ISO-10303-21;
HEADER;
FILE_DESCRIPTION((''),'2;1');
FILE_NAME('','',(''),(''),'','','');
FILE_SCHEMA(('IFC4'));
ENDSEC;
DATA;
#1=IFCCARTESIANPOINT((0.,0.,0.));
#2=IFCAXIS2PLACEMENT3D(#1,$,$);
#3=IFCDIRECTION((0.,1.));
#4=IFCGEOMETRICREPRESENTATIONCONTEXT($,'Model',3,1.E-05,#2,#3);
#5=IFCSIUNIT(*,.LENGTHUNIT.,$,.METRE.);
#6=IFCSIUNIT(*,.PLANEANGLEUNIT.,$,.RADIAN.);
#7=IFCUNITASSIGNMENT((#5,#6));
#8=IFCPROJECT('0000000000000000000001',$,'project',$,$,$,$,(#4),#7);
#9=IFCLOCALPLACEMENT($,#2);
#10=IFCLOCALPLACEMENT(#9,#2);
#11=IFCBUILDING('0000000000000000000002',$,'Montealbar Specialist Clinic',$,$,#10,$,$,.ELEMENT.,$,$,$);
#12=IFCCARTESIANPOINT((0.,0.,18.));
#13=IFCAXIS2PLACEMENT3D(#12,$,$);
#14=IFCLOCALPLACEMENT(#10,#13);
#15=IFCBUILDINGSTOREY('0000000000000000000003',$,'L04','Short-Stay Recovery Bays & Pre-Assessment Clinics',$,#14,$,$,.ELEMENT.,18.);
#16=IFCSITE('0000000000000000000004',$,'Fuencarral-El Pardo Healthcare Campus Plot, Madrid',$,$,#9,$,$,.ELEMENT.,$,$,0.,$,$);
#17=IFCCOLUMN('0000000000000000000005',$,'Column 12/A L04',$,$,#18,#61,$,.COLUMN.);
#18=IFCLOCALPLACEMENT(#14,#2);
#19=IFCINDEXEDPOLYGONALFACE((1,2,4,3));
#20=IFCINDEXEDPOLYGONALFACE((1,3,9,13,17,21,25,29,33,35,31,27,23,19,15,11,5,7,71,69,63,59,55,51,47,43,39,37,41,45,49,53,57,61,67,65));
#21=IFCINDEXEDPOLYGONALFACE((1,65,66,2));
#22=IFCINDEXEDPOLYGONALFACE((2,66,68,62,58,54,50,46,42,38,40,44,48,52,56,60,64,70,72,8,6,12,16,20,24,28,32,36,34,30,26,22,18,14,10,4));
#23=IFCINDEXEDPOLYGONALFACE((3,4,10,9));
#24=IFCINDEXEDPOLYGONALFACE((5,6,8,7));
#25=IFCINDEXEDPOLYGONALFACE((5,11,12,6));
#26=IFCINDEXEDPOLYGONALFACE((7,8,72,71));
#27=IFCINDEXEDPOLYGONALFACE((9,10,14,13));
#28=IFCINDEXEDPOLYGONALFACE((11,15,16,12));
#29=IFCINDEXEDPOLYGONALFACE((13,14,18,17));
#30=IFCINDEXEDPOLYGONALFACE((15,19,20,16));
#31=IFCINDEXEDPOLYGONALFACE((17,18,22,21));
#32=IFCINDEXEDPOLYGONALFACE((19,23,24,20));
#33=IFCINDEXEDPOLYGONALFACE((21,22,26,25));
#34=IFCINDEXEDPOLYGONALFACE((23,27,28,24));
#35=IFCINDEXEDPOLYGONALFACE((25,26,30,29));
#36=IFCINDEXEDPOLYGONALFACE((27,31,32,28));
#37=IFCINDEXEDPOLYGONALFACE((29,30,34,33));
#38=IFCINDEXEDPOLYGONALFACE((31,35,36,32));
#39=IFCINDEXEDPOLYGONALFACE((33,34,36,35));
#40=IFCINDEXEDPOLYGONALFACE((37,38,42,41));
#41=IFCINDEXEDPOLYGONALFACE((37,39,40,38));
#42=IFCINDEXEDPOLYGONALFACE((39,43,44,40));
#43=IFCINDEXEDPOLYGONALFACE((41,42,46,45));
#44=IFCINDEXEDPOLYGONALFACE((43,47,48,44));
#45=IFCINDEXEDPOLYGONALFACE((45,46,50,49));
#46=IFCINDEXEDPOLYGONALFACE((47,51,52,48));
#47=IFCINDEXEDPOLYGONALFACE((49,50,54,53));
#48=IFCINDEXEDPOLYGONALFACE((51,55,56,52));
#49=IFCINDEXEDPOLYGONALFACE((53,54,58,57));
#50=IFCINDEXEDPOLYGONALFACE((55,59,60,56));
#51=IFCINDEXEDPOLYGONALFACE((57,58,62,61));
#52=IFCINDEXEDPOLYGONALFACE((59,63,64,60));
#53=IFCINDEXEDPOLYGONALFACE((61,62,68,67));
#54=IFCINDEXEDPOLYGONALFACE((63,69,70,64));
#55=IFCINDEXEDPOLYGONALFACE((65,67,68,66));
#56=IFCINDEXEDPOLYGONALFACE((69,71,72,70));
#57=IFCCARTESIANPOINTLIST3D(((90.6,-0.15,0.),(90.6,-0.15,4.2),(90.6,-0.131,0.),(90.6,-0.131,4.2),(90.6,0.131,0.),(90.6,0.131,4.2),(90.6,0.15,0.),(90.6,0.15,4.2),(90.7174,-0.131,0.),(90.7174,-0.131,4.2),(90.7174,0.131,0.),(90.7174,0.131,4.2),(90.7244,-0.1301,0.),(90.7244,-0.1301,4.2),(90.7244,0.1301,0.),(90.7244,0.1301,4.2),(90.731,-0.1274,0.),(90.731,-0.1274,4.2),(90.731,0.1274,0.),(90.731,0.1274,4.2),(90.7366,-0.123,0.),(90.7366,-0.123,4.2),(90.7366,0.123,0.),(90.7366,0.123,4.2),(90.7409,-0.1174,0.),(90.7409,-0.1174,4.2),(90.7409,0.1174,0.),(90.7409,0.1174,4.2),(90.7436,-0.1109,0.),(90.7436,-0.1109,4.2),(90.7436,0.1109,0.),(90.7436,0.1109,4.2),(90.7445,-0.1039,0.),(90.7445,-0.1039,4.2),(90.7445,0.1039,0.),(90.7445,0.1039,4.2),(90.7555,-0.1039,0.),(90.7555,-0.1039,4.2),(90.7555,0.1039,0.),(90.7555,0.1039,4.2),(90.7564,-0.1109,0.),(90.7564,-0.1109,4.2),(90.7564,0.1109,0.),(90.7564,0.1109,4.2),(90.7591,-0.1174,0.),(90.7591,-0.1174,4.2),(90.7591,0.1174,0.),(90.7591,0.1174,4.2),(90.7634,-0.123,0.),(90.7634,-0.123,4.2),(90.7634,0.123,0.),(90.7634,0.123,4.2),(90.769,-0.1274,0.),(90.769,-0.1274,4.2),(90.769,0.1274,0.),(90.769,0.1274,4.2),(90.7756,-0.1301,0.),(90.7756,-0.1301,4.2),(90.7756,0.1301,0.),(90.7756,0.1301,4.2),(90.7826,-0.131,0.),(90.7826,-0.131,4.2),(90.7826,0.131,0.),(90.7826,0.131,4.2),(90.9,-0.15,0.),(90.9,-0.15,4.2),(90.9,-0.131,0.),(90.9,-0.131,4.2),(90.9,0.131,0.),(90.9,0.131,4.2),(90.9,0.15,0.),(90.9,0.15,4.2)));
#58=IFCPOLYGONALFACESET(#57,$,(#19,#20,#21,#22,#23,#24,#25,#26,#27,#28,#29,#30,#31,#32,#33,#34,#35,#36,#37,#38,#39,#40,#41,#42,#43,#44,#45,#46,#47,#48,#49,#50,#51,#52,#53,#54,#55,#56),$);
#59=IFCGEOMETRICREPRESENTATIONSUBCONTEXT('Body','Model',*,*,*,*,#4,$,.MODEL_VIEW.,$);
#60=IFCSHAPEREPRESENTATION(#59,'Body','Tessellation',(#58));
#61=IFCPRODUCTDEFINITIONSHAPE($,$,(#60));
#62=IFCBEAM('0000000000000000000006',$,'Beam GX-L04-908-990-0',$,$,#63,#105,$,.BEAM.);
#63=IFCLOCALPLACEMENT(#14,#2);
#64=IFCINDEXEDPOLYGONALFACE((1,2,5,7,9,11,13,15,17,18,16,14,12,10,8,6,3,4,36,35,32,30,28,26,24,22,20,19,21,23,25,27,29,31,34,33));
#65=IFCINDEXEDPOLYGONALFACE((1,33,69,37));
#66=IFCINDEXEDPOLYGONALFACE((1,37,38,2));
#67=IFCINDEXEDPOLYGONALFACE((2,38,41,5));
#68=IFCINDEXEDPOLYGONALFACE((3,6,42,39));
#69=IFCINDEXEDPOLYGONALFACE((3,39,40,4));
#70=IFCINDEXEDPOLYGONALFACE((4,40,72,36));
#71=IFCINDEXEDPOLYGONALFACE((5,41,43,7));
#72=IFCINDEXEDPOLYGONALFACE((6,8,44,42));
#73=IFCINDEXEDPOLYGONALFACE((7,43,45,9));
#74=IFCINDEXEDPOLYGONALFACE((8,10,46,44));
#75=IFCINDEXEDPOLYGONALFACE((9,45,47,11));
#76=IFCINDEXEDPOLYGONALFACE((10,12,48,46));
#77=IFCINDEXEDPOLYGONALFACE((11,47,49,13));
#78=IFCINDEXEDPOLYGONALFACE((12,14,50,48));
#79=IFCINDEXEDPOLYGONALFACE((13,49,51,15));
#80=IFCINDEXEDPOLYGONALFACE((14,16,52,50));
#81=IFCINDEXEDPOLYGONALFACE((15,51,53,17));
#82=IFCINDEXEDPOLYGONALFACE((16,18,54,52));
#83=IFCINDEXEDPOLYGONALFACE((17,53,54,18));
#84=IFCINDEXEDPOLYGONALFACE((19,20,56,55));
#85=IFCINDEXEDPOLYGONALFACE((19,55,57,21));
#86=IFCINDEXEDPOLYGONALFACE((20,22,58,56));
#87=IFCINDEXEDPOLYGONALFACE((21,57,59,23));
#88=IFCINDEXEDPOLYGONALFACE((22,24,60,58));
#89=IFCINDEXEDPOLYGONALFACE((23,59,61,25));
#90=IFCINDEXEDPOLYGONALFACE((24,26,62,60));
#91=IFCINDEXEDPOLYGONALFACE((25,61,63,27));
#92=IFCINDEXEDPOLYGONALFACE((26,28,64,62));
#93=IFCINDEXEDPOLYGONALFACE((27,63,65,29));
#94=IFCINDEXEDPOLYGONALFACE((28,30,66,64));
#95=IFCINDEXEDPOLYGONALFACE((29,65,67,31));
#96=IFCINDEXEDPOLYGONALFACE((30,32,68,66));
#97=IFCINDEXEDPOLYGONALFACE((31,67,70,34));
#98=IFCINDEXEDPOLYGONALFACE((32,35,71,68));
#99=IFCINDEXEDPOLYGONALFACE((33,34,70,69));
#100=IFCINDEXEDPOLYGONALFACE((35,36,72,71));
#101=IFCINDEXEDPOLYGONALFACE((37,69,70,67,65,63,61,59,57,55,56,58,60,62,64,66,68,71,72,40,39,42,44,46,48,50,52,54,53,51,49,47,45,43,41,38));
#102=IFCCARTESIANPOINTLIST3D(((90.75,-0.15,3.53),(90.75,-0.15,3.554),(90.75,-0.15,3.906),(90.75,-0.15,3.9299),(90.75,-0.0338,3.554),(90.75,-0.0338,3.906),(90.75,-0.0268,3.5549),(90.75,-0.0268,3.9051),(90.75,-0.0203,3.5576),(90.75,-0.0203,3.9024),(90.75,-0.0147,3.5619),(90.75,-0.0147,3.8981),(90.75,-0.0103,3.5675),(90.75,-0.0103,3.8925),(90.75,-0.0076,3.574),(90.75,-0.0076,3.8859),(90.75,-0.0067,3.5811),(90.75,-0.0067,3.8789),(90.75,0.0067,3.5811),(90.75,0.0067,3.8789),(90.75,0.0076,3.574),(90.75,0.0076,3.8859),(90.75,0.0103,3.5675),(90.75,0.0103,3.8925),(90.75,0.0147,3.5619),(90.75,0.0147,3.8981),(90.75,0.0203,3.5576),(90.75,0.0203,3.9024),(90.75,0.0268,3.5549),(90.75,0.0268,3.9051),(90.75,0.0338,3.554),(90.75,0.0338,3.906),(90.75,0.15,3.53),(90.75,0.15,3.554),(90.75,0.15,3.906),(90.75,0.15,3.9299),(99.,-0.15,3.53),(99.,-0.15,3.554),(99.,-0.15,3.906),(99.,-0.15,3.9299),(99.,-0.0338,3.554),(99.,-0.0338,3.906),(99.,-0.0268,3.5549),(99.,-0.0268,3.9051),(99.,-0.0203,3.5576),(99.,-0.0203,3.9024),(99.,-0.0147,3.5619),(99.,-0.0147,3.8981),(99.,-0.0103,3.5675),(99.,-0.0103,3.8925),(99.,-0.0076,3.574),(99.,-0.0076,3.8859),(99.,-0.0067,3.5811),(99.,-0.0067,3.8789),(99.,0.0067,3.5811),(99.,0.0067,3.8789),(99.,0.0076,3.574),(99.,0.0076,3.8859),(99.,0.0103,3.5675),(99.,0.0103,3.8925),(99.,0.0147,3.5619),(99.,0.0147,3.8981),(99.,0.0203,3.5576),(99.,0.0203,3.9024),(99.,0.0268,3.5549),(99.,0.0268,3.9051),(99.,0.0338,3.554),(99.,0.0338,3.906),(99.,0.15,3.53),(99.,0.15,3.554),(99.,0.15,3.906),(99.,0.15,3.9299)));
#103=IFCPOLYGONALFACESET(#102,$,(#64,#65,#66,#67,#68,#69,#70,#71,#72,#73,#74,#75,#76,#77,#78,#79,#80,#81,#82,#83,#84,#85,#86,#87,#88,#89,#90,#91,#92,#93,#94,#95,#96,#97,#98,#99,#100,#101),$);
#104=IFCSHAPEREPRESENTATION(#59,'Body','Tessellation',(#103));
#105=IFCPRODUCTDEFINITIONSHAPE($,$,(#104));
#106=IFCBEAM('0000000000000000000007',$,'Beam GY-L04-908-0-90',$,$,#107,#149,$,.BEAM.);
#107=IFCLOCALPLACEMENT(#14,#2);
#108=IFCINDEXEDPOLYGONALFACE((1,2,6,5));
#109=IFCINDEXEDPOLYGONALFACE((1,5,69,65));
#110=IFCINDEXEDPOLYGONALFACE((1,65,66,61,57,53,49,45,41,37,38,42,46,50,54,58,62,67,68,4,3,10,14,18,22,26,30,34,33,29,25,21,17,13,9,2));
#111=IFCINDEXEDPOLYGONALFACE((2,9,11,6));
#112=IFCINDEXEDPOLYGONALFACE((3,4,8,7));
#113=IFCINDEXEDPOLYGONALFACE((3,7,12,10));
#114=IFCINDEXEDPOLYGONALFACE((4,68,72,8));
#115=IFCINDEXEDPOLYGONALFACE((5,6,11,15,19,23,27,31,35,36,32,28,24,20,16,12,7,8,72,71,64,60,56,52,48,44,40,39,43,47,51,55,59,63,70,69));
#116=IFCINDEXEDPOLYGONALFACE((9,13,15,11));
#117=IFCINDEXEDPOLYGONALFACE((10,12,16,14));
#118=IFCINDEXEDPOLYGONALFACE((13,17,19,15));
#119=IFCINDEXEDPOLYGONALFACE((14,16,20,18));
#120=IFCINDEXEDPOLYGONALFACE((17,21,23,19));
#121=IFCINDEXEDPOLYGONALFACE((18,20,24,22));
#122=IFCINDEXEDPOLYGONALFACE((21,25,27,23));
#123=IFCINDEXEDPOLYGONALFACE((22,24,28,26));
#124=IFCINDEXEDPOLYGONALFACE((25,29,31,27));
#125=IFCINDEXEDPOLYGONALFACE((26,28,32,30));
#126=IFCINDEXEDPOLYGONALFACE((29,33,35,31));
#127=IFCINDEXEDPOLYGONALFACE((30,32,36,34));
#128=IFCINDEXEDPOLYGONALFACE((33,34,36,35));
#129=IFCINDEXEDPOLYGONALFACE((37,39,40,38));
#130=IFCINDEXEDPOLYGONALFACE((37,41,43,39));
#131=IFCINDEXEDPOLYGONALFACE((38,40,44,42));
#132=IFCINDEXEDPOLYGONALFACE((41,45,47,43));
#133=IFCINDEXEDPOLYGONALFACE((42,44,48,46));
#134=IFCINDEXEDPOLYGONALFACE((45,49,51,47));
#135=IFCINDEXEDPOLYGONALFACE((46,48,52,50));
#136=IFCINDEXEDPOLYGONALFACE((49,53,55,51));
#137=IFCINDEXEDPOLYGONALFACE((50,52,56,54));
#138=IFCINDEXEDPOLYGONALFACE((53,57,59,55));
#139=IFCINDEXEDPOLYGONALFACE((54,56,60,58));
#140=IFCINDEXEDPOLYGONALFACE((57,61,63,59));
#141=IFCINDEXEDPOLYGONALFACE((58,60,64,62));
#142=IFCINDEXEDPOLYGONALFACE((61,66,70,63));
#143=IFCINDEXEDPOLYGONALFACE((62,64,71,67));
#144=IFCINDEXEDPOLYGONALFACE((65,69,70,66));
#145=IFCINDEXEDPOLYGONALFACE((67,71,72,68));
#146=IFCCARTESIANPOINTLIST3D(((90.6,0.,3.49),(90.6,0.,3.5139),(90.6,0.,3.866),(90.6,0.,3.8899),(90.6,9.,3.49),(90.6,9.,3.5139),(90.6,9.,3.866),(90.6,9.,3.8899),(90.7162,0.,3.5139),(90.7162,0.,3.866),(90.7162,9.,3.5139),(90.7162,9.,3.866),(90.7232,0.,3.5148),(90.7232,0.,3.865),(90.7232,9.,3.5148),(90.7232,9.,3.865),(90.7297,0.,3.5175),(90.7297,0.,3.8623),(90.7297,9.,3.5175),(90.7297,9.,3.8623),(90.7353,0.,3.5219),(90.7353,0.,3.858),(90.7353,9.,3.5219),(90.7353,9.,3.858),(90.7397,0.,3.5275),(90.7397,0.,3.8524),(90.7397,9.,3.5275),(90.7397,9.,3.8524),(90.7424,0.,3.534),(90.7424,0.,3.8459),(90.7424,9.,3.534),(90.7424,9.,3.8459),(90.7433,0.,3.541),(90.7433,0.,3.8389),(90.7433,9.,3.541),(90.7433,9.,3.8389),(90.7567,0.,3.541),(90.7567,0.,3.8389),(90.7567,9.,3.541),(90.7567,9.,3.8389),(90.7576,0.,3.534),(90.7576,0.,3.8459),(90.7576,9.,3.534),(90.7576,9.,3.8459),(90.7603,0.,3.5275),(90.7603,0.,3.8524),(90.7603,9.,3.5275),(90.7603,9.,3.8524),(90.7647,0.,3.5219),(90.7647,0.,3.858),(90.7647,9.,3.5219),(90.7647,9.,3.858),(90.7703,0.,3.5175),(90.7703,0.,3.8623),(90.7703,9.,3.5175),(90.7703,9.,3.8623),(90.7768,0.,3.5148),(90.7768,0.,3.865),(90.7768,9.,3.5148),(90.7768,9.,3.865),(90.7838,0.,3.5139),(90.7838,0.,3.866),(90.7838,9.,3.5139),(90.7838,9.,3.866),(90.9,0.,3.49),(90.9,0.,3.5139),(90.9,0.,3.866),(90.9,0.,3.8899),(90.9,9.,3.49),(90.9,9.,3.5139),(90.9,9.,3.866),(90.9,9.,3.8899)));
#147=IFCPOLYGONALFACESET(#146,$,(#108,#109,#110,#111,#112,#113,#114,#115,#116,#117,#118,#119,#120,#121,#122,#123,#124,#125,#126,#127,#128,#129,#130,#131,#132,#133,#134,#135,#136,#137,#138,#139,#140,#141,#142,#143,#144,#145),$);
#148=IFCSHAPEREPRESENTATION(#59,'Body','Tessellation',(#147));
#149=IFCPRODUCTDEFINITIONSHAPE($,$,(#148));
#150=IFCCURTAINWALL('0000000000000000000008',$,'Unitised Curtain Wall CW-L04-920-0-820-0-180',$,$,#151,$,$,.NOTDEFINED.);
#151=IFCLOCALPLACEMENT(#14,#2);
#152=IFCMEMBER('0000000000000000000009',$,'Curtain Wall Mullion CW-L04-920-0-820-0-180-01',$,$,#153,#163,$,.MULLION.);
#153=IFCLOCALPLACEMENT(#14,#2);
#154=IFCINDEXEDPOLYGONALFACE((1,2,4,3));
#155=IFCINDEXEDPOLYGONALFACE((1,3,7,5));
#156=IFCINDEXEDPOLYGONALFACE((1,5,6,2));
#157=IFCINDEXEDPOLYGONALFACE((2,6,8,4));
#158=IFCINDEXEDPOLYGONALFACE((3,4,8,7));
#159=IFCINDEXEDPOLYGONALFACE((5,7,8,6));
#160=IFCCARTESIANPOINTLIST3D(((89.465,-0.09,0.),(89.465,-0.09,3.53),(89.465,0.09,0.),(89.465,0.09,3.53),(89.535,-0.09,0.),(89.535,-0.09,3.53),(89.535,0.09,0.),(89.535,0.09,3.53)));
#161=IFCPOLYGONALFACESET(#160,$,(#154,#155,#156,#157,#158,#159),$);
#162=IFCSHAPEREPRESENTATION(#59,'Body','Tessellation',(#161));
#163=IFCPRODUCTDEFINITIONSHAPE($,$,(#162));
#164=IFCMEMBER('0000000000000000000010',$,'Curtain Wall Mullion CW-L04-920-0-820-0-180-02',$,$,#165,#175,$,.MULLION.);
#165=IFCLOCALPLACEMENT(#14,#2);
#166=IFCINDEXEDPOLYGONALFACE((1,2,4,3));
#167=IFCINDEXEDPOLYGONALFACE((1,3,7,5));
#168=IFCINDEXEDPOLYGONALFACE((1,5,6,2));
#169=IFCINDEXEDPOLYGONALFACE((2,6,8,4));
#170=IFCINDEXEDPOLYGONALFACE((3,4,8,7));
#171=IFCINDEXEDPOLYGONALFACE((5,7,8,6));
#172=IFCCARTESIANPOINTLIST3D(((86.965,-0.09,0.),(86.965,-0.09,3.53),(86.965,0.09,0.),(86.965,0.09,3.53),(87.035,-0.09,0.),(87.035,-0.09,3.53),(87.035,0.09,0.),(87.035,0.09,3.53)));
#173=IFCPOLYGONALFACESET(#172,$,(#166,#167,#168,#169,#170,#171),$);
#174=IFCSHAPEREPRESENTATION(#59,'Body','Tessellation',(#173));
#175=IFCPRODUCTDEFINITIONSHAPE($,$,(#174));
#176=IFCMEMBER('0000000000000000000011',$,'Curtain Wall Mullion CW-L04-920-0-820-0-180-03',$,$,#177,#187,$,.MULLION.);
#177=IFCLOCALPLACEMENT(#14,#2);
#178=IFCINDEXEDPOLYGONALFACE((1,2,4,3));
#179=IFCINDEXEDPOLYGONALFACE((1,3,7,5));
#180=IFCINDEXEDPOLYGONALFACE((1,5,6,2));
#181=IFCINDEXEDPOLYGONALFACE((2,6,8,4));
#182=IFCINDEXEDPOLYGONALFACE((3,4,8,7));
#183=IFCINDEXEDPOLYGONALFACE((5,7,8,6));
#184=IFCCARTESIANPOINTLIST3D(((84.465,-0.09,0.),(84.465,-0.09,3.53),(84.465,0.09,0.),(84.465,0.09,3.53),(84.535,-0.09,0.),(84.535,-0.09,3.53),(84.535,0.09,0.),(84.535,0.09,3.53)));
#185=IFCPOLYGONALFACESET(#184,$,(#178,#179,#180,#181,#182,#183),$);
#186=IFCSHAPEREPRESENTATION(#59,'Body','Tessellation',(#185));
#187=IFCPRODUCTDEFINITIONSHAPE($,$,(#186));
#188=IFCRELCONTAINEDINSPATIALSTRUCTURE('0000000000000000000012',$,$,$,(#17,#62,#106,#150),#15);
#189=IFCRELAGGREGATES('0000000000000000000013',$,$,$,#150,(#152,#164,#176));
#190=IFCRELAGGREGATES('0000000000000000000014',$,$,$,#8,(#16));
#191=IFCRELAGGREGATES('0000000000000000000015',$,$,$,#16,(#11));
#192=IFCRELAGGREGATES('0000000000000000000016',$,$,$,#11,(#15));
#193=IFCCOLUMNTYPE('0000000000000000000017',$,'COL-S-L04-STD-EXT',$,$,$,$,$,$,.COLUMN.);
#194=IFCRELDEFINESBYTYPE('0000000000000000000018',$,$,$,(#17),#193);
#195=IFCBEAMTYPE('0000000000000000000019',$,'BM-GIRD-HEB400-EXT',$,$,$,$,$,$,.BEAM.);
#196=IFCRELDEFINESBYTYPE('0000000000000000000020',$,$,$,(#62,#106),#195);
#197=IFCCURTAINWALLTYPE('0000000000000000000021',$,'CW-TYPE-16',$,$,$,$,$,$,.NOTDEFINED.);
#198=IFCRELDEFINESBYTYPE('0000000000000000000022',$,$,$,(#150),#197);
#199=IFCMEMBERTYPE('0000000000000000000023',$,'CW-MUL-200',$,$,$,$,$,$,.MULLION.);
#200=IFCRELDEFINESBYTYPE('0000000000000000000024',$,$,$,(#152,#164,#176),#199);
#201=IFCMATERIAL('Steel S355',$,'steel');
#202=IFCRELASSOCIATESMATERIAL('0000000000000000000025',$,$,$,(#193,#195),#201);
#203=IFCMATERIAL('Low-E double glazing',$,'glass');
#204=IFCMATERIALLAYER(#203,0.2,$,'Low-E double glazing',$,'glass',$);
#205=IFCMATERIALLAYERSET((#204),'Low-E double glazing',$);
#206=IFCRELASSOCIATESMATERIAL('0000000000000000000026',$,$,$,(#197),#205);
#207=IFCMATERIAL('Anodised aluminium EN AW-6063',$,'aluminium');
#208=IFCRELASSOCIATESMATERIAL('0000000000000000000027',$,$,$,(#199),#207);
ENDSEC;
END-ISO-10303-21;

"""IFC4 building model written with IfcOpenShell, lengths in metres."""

from ifc_helpers import new_model, si_unit, direction, frame, origin, origin_2d, place, context, subcontext, project, spatial, rectangle, i_section, extrude, material, layer, layer_set, material_profile, profile_set, type_object, element, aggregate, save


model = new_model("IFC4")

# Units and contexts
model_context = context("Model", 3, precision=1e-05, world=origin(), true_north=direction((0.0, 1.0)))
body_context = subcontext(model_context, "Body", "Model", "MODEL_VIEW")
ifc_project = project(units=[si_unit("LENGTHUNIT", "METRE"), si_unit("PLANEANGLEUNIT", "RADIAN")], contexts=[model_context])

# Site, building, storey
site_placement = place(None, origin())
site = spatial("IfcSite", under=ifc_project, at=site_placement, Name="Fuencarral-El Pardo Healthcare Campus Plot, Madrid", CompositionType="ELEMENT", RefElevation=0.0)
building_placement = place(site_placement, origin())
building = spatial("IfcBuilding", under=site, at=building_placement, Name="Montealbar Specialist Clinic", CompositionType="ELEMENT")
storey_placement = place(building_placement, frame((0.0, 0.0, 18.0)))
storey = spatial("IfcBuildingStorey", under=building, at=storey_placement, Name="L04", Description="Short-Stay Recovery Bays & Pre-Assessment Clinics", CompositionType="ELEMENT", Elevation=18.0)

# Column
ifc_material_1 = material(Name="Steel S355", Category="steel")
ifc_material_profile_1 = material_profile(ifc_material_1, i_section(OverallWidth=0.3, OverallDepth=0.3, WebThickness=0.011, FlangeThickness=0.019, FilletRadius=0.0271, at=origin_2d()), Name="HEB 300", Category="steel")
ifc_profile_set_1 = profile_set([ifc_material_profile_1], Name="Steel S355")
column_type = type_object("IfcColumnType", Name="COL-S-L04-STD-EXT", PredefinedType="COLUMN", material=ifc_profile_set_1)
column_placement = place(storey_placement, frame((90.75, 0.0, 0.0), z_axis=(0.0, 0.0, 1.0), x_axis=(1.0, 0.0, 0.0)))
element("IfcColumn", 1, at=column_placement, inside=storey, type_object=column_type, Name="Column 12/A L04", PredefinedType="COLUMN", context=body_context, shape_type="SweptSolid", body=[
    extrude(i_section(OverallWidth=0.3, OverallDepth=0.3, WebThickness=0.011, FlangeThickness=0.019, FilletRadius=0.0271, at=origin_2d()), origin(), (0.0, 0.0, 1.0), 4.2),
])

# Beams
ifc_material_profile_2 = material_profile(ifc_material_1, i_section(OverallWidth=0.3, OverallDepth=0.3999, WebThickness=0.0134, FlangeThickness=0.0239, FilletRadius=0.0271, at=origin_2d()), Name="HEB 400", Category="steel")
ifc_profile_set_2 = profile_set([ifc_material_profile_2], Name="Steel S355")
beam_type = type_object("IfcBeamType", Name="BM-GIRD-HEB400-EXT", PredefinedType="BEAM", material=ifc_profile_set_2)
beam_1_placement = place(storey_placement, frame((90.75, 0.0, 3.73), z_axis=(1.0, 0.0, 0.0), x_axis=(0.0, 1.0, 0.0)))
element("IfcBeam", 2, at=beam_1_placement, inside=storey, type_object=beam_type, Name="Beam GX-L04-908-990-0", PredefinedType="BEAM", context=body_context, shape_type="SweptSolid", body=[
    extrude(i_section(OverallWidth=0.3, OverallDepth=0.3999, WebThickness=0.0134, FlangeThickness=0.0239, FilletRadius=0.0271, at=origin_2d()), origin(), (0.0, 0.0, 1.0), 8.25),
])
beam_2_placement = place(storey_placement, frame((90.75, 0.0, 3.6899), z_axis=(0.0, 1.0, 0.0), x_axis=(-1.0, 0.0, 0.0)))
element("IfcBeam", 3, at=beam_2_placement, inside=storey, type_object=beam_type, Name="Beam GY-L04-908-0-90", PredefinedType="BEAM", context=body_context, shape_type="SweptSolid", body=[
    extrude(i_section(OverallWidth=0.3, OverallDepth=0.3999, WebThickness=0.0134, FlangeThickness=0.0239, FilletRadius=0.0271, at=origin_2d()), origin(), (0.0, 0.0, 1.0), 9.0),
])

# Curtain wall, members
ifc_material_2 = material(Name="Low-E double glazing", Category="glass")
ifc_layer_1 = layer(ifc_material_2, 0.2, Name="Low-E double glazing", Category="glass")
ifc_layer_set_1 = layer_set([ifc_layer_1], Name="Low-E double glazing")
curtain_wall_type = type_object("IfcCurtainWallType", Name="CW-TYPE-16", PredefinedType="NOTDEFINED", material=ifc_layer_set_1)
curtain_wall_placement = place(storey_placement, origin())
curtain_wall = element("IfcCurtainWall", 4, at=curtain_wall_placement, inside=storey, type_object=curtain_wall_type, Name="Unitised Curtain Wall CW-L04-920-0-820-0-180", PredefinedType="NOTDEFINED")
ifc_material_3 = material(Name="Anodised aluminium EN AW-6063", Category="aluminium")
ifc_material_profile_3 = material_profile(ifc_material_3, rectangle(XDim=0.0701, YDim=0.1799, at=origin_2d()), Name="ALU 70x180", Category="aluminium")
ifc_profile_set_3 = profile_set([ifc_material_profile_3], Name="Anodised aluminium EN AW-6063")
member_type_1 = type_object("IfcMemberType", Name="CW-MUL-200", PredefinedType="MULLION", material=ifc_profile_set_3)
member_1_placement = place(storey_placement, frame((89.5, 0.0, 0.0), z_axis=(0.0, 0.0, 1.0), x_axis=(-1.0, 0.0, 0.0)))
member_1 = element("IfcMember", 5, at=member_1_placement, type_object=member_type_1, Name="Curtain Wall Mullion CW-L04-920-0-820-0-180-01", PredefinedType="MULLION", context=body_context, shape_type="SweptSolid", body=[
    extrude(rectangle(XDim=0.0701, YDim=0.1799, at=origin_2d()), origin(), (0.0, 0.0, 1.0), 3.53),
])
member_2_placement = place(storey_placement, frame((87.0, 0.0, 0.0), z_axis=(0.0, 0.0, 1.0), x_axis=(-1.0, 0.0, 0.0)))
member_2 = element("IfcMember", 6, at=member_2_placement, type_object=member_type_1, Name="Curtain Wall Mullion CW-L04-920-0-820-0-180-02", PredefinedType="MULLION", context=body_context, shape_type="SweptSolid", body=[
    extrude(rectangle(XDim=0.0701, YDim=0.1799, at=origin_2d()), origin(), (0.0, 0.0, 1.0), 3.53),
])
member_3_placement = place(storey_placement, frame((84.5, 0.0, 0.0), z_axis=(0.0, 0.0, 1.0), x_axis=(-1.0, 0.0, 0.0)))
member_3 = element("IfcMember", 7, at=member_3_placement, type_object=member_type_1, Name="Curtain Wall Mullion CW-L04-920-0-820-0-180-03", PredefinedType="MULLION", context=body_context, shape_type="SweptSolid", body=[
    extrude(rectangle(XDim=0.0701, YDim=0.1799, at=origin_2d()), origin(), (0.0, 0.0, 1.0), 3.53),
])
aggregate(curtain_wall, [member_1, member_2, member_3])

save(model, "model.ifc")
